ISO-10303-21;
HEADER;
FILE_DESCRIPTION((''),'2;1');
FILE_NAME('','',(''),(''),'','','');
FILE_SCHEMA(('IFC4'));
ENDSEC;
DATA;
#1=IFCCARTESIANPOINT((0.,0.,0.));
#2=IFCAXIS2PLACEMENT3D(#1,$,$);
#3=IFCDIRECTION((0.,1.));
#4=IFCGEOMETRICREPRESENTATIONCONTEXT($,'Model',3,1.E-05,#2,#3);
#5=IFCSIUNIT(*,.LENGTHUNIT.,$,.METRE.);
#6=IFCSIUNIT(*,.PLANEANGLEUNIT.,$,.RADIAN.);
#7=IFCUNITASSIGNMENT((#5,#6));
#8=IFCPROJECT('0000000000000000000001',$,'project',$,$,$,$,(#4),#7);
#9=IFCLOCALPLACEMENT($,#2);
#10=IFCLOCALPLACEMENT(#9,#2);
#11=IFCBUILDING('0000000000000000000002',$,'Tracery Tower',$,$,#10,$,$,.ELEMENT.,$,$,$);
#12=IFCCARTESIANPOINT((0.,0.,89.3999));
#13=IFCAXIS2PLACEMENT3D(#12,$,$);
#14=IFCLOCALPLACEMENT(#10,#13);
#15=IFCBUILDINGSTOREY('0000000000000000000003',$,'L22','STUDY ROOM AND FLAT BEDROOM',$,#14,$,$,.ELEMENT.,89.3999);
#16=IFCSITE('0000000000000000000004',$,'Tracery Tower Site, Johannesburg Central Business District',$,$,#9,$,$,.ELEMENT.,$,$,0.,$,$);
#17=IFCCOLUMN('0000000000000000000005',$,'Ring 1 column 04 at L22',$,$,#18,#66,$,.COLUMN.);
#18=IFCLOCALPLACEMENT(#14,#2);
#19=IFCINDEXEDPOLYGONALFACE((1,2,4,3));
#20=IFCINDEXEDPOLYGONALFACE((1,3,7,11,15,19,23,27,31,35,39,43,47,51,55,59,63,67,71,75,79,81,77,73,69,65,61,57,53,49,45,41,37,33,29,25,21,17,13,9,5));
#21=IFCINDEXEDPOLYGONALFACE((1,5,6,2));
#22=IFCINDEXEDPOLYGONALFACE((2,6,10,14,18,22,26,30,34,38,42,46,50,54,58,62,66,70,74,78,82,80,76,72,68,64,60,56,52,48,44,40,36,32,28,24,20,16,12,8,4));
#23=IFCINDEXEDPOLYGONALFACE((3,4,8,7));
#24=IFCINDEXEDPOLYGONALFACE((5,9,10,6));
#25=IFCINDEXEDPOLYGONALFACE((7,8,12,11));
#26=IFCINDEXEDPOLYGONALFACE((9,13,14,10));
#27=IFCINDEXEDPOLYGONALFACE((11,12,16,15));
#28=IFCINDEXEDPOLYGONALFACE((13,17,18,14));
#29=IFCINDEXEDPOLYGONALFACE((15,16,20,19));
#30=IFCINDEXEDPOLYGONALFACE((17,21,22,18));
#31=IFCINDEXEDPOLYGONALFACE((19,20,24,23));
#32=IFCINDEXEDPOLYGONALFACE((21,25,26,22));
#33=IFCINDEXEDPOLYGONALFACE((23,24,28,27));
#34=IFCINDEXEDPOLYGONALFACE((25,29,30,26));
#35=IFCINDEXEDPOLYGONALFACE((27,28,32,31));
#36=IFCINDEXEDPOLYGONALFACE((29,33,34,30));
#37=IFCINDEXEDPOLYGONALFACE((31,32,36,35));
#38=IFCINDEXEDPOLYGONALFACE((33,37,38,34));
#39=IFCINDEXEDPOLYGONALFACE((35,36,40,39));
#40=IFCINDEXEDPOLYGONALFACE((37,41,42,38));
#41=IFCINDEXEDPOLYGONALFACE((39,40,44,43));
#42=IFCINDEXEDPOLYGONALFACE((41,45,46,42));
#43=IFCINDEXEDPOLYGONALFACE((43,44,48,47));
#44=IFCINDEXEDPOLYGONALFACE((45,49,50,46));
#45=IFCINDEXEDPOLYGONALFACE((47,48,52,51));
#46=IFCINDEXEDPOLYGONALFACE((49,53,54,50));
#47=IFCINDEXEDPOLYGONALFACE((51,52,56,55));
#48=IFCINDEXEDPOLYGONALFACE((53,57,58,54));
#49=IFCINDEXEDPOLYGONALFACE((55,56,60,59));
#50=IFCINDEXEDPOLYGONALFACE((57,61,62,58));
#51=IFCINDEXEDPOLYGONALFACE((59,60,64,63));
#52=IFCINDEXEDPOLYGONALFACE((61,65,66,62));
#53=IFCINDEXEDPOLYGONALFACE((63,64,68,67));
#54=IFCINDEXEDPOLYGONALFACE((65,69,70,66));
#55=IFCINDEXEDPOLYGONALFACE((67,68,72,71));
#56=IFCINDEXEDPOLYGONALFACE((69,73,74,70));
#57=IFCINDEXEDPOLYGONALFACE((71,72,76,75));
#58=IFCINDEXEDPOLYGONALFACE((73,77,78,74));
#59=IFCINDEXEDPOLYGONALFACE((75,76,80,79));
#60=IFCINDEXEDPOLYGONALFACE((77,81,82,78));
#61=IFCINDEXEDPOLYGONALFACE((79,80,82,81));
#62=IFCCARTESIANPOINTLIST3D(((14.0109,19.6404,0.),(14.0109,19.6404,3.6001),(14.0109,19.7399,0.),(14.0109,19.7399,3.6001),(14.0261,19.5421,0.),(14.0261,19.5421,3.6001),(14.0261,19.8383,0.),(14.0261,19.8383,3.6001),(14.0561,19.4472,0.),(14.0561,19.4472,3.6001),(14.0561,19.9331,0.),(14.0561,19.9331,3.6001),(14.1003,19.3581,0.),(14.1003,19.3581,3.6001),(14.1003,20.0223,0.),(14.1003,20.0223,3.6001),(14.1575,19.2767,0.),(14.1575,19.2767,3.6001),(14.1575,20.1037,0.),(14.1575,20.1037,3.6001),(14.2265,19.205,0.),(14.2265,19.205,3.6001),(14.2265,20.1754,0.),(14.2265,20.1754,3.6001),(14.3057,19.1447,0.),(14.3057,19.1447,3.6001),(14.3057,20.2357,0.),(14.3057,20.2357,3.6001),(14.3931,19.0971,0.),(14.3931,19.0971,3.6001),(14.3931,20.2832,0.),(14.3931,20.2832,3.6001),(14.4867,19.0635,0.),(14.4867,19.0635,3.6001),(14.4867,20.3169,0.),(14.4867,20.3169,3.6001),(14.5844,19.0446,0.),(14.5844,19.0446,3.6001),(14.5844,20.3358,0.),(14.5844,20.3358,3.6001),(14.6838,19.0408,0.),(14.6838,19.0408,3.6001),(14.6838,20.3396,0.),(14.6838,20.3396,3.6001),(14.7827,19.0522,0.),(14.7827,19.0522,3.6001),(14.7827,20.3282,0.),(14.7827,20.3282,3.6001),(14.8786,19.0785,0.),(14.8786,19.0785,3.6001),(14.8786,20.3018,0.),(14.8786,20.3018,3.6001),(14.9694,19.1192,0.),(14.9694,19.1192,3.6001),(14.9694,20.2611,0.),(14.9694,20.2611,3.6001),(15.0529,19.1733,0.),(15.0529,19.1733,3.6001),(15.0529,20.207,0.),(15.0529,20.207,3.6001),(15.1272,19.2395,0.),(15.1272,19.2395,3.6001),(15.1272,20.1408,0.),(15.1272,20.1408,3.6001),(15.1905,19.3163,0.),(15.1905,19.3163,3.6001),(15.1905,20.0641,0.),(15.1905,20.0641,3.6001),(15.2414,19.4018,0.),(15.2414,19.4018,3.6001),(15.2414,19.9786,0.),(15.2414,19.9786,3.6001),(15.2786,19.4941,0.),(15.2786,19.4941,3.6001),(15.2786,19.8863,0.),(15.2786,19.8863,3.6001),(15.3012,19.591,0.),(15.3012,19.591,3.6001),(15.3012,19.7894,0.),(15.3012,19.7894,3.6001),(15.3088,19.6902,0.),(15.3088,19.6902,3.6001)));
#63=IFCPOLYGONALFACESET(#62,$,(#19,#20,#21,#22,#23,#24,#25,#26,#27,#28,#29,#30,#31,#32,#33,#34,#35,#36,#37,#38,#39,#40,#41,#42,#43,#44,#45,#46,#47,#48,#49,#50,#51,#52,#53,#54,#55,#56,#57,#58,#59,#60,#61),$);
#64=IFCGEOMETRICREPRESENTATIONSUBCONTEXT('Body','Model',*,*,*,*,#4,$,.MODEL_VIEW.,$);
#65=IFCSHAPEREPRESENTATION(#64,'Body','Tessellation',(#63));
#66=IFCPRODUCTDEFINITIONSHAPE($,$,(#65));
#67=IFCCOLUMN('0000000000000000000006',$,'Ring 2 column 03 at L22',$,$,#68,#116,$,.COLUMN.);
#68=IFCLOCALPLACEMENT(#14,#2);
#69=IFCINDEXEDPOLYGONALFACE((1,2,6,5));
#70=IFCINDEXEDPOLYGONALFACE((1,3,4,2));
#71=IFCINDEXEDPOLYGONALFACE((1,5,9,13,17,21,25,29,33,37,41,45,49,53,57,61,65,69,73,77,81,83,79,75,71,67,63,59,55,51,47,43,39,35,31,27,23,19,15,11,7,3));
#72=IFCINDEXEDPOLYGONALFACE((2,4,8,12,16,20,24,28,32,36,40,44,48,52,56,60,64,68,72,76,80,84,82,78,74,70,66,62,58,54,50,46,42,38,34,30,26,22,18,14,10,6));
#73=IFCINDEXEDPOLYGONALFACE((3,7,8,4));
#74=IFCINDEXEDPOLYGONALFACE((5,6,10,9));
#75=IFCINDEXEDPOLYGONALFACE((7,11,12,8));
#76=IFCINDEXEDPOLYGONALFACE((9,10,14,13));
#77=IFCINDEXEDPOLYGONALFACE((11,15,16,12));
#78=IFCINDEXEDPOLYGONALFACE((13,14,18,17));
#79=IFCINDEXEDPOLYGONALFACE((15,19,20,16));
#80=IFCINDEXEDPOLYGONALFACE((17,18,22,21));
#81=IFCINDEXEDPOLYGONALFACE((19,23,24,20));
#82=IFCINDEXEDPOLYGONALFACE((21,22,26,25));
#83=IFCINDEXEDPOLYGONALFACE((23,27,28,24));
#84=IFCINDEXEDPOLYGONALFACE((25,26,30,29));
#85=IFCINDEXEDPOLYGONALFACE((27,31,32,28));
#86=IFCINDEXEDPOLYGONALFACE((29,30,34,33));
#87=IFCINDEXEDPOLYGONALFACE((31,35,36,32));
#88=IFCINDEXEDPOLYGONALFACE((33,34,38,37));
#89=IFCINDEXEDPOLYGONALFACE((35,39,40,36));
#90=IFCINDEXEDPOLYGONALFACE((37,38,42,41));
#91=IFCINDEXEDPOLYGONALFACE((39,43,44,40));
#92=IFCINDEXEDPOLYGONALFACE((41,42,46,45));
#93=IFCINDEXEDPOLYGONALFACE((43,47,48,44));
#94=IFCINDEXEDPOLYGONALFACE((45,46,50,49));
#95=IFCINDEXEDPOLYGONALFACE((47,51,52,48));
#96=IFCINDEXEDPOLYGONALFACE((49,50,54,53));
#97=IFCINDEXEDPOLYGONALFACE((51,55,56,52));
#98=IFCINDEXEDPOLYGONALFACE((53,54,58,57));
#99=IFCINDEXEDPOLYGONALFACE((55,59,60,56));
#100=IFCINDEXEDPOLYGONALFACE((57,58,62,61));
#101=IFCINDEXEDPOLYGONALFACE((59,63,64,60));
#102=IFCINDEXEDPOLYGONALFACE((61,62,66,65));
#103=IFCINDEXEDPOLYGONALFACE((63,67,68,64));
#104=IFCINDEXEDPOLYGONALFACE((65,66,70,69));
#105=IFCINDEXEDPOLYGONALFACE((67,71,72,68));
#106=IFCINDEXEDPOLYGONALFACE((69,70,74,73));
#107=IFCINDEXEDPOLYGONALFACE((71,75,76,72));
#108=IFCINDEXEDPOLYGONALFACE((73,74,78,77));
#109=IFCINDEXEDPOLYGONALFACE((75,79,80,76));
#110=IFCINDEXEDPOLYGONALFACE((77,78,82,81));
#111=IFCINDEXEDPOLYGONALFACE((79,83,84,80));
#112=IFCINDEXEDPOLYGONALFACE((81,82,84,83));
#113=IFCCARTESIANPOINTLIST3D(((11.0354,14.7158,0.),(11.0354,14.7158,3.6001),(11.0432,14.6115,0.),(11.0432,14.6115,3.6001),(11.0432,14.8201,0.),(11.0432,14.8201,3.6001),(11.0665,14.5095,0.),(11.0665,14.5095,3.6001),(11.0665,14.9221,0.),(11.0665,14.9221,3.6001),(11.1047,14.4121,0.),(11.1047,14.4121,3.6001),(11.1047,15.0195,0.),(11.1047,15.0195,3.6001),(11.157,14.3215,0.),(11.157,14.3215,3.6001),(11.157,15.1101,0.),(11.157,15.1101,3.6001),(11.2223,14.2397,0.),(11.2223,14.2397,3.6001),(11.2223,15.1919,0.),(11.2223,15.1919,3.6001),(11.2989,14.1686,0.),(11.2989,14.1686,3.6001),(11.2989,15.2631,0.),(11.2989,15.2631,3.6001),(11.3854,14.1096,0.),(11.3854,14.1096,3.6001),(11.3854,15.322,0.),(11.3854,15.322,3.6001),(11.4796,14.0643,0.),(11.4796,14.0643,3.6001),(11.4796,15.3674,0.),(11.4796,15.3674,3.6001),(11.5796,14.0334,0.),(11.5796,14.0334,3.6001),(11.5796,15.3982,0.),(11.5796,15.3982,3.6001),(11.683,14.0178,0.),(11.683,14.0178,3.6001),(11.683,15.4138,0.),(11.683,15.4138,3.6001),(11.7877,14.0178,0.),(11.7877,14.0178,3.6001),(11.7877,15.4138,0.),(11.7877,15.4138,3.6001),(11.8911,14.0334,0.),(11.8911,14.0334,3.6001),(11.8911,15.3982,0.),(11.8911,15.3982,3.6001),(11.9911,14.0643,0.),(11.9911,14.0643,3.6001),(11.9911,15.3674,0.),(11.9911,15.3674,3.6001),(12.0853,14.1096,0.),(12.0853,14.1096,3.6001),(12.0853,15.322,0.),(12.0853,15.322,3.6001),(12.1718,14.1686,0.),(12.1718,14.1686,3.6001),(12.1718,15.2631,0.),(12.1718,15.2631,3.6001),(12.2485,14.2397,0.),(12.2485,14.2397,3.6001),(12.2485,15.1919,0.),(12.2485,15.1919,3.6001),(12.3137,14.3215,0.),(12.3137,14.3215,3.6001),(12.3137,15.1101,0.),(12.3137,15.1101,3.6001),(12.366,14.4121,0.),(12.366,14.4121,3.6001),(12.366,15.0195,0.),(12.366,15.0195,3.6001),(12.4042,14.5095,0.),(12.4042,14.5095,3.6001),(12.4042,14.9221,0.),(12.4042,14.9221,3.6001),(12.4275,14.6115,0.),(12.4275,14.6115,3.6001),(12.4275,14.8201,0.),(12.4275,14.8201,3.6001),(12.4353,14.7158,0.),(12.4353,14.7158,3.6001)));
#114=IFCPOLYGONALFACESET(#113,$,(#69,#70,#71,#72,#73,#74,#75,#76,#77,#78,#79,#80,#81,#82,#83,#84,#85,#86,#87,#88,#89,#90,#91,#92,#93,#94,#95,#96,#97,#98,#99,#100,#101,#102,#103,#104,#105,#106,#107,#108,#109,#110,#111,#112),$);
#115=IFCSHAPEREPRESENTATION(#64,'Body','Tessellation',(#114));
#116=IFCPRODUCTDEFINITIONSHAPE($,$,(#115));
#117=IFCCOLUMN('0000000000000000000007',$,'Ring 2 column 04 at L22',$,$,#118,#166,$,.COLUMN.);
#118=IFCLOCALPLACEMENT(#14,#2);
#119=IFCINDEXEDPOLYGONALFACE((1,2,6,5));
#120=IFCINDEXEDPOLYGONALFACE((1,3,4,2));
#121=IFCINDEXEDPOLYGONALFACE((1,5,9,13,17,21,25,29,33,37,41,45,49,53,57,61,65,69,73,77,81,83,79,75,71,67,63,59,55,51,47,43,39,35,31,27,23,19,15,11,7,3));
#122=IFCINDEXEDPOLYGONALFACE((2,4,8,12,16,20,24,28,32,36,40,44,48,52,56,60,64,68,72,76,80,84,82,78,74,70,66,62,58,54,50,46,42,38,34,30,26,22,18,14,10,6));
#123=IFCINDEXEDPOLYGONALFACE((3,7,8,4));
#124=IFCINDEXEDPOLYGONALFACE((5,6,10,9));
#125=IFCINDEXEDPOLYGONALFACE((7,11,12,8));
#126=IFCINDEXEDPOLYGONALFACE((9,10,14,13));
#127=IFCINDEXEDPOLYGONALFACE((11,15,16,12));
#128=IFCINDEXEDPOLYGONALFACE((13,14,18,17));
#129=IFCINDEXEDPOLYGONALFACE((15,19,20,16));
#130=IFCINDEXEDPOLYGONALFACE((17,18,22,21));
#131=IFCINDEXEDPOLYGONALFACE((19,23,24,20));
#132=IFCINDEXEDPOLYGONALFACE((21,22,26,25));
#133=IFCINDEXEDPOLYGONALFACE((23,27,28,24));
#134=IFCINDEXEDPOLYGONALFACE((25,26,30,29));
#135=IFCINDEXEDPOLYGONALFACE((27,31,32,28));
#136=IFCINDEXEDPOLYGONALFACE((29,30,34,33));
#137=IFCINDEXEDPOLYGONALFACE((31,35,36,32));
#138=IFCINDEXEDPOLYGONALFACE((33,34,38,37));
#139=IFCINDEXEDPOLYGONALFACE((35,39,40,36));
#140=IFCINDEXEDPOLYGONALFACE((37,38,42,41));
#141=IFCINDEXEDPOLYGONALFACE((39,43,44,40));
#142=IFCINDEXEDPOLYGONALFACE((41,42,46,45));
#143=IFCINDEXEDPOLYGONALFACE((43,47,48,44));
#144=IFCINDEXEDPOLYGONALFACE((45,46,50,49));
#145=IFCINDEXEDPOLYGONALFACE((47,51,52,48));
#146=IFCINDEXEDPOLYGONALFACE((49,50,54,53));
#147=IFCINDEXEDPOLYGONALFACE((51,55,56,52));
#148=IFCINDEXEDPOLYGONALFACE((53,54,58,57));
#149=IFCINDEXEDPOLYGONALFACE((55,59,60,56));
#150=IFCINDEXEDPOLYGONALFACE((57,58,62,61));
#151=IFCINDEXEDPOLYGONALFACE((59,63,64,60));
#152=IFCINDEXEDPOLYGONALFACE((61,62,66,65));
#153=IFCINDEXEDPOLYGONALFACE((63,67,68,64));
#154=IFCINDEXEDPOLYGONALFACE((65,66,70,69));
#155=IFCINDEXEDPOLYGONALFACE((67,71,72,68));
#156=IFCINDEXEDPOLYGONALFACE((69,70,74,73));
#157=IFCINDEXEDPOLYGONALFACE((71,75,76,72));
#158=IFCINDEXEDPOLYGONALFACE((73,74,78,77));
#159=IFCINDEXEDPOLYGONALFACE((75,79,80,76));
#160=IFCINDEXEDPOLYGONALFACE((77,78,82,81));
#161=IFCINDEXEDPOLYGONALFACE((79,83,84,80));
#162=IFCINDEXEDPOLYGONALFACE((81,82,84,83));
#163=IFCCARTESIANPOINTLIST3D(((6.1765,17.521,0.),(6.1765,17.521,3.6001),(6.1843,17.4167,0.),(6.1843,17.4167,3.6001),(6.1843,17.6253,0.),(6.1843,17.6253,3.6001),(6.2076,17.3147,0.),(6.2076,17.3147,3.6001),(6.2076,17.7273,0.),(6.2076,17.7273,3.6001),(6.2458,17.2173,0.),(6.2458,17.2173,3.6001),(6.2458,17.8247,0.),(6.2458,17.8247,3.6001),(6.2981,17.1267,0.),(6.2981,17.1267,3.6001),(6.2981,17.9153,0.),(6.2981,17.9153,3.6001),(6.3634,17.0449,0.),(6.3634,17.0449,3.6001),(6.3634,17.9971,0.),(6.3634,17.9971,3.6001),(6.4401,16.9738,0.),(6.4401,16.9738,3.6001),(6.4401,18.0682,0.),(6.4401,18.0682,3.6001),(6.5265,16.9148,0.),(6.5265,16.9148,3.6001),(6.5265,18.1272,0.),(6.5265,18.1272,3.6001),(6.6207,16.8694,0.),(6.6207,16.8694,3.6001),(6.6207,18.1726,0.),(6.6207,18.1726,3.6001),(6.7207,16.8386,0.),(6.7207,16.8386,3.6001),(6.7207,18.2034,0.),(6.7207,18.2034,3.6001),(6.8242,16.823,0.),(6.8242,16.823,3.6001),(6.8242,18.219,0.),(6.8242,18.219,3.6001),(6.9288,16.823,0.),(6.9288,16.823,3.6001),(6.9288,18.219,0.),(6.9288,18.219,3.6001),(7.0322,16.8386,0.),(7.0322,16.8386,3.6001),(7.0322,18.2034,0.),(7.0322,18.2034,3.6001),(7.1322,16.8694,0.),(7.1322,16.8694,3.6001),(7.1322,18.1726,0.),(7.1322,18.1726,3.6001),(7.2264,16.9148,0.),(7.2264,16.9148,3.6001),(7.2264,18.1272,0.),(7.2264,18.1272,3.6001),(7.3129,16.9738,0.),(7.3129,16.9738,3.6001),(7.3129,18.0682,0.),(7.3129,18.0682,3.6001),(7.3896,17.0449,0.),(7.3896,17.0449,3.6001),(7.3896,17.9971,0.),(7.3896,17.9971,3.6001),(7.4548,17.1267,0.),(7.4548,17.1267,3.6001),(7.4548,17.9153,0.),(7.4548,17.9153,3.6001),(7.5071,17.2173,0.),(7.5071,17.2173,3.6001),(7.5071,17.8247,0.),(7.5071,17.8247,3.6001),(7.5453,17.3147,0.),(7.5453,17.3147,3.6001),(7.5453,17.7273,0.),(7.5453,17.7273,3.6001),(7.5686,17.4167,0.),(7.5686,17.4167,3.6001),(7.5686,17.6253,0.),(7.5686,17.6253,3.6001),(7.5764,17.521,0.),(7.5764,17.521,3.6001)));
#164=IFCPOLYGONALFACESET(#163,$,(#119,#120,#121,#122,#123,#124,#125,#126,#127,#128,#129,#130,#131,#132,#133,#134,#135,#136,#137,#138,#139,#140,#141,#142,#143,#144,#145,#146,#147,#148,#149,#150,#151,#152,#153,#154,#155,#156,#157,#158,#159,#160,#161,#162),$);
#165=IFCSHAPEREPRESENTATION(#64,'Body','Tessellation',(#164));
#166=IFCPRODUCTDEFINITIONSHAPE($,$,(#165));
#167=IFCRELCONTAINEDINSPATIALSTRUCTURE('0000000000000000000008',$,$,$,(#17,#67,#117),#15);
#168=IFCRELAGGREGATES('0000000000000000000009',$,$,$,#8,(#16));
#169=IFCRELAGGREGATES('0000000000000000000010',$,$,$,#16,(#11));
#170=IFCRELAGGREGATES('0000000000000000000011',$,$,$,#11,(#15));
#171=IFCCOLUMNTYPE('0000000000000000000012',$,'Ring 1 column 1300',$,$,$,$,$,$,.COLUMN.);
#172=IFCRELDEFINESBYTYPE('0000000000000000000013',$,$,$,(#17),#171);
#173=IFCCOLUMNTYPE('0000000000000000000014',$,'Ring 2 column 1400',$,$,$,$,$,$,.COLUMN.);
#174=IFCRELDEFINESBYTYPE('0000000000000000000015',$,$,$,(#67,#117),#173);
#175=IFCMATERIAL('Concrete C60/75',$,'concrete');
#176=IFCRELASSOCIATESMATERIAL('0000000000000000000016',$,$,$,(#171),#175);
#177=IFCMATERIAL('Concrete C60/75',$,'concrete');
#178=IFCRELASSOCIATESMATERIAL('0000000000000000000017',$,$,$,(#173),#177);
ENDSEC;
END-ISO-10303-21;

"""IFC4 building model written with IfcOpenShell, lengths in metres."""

from ifc_helpers import new_model, si_unit, direction, frame, origin, origin_2d, place, context, subcontext, project, spatial, circle, extrude, material, material_profile, profile_set, type_object, element, save


model = new_model("IFC4")

# Units and contexts
model_context = context("Model", 3, precision=1e-05, world=origin(), true_north=direction((0.0, 1.0)))
body_context = subcontext(model_context, "Body", "Model", "MODEL_VIEW")
ifc_project = project(units=[si_unit("LENGTHUNIT", "METRE"), si_unit("PLANEANGLEUNIT", "RADIAN")], contexts=[model_context])

# Site, building, storey
site_placement = place(None, origin())
site = spatial("IfcSite", under=ifc_project, at=site_placement, Name="Tracery Tower Site, Johannesburg Central Business District", CompositionType="ELEMENT", RefElevation=0.0)
building_placement = place(site_placement, origin())
building = spatial("IfcBuilding", under=site, at=building_placement, Name="Tracery Tower", CompositionType="ELEMENT")
storey_placement = place(building_placement, frame((0.0, 0.0, 89.3999)))
storey = spatial("IfcBuildingStorey", under=building, at=storey_placement, Name="L22", Description="STUDY ROOM AND FLAT BEDROOM", CompositionType="ELEMENT", Elevation=89.3999)

# Columns
ifc_material_1 = material(Name="Concrete C60/75", Category="concrete")
ifc_material_profile_1 = material_profile(ifc_material_1, circle(Radius=0.6499, at=origin_2d()), Name="RC D1300")
ifc_profile_set_1 = profile_set([ifc_material_profile_1], Name="Concrete C60/75")
column_type_1 = type_object("IfcColumnType", Name="Ring 1 column 1300", PredefinedType="COLUMN", material=ifc_profile_set_1)
column_placement = place(storey_placement, frame((14.6589, 19.6902, 0.0), z_axis=(0.0, 0.0, 1.0), x_axis=(1.0, 0.0, 0.0)))
element("IfcColumn", 1, at=column_placement, inside=storey, type_object=column_type_1, Name="Ring 1 column 04 at L22", PredefinedType="COLUMN", context=body_context, shape_type="SweptSolid", body=[
    extrude(circle(Radius=0.6499, at=origin_2d()), origin(), (0.0, 0.0, 1.0), 3.6001),
])
ifc_material_2 = material(Name="Concrete C60/75", Category="concrete")
ifc_material_profile_2 = material_profile(ifc_material_2, circle(Radius=0.7, at=origin_2d()), Name="RC D1400")
ifc_profile_set_2 = profile_set([ifc_material_profile_2], Name="Concrete C60/75")
column_type_2 = type_object("IfcColumnType", Name="Ring 2 column 1400", PredefinedType="COLUMN", material=ifc_profile_set_2)
for number, where, z_axis, x_axis, name in (
    (2, (11.7354, 14.7158, 0.0), (0.0, 0.0, 1.0), (1.0, 0.0, 0.0), "Ring 2 column 03 at L22"),
    (3, (6.8765, 17.521, 0.0), (0.0, 0.0, 1.0), (1.0, 0.0, 0.0), "Ring 2 column 04 at L22"),
):
    element("IfcColumn", number, at=place(storey_placement, frame(where, z_axis=z_axis, x_axis=x_axis)), inside=storey, type_object=column_type_2, Name=name, PredefinedType="COLUMN", context=body_context, shape_type="SweptSolid", body=[
        extrude(circle(Radius=0.7, at=origin_2d()), origin(), (0.0, 0.0, 1.0), 3.6001),
    ])

save(model, "model.ifc")
